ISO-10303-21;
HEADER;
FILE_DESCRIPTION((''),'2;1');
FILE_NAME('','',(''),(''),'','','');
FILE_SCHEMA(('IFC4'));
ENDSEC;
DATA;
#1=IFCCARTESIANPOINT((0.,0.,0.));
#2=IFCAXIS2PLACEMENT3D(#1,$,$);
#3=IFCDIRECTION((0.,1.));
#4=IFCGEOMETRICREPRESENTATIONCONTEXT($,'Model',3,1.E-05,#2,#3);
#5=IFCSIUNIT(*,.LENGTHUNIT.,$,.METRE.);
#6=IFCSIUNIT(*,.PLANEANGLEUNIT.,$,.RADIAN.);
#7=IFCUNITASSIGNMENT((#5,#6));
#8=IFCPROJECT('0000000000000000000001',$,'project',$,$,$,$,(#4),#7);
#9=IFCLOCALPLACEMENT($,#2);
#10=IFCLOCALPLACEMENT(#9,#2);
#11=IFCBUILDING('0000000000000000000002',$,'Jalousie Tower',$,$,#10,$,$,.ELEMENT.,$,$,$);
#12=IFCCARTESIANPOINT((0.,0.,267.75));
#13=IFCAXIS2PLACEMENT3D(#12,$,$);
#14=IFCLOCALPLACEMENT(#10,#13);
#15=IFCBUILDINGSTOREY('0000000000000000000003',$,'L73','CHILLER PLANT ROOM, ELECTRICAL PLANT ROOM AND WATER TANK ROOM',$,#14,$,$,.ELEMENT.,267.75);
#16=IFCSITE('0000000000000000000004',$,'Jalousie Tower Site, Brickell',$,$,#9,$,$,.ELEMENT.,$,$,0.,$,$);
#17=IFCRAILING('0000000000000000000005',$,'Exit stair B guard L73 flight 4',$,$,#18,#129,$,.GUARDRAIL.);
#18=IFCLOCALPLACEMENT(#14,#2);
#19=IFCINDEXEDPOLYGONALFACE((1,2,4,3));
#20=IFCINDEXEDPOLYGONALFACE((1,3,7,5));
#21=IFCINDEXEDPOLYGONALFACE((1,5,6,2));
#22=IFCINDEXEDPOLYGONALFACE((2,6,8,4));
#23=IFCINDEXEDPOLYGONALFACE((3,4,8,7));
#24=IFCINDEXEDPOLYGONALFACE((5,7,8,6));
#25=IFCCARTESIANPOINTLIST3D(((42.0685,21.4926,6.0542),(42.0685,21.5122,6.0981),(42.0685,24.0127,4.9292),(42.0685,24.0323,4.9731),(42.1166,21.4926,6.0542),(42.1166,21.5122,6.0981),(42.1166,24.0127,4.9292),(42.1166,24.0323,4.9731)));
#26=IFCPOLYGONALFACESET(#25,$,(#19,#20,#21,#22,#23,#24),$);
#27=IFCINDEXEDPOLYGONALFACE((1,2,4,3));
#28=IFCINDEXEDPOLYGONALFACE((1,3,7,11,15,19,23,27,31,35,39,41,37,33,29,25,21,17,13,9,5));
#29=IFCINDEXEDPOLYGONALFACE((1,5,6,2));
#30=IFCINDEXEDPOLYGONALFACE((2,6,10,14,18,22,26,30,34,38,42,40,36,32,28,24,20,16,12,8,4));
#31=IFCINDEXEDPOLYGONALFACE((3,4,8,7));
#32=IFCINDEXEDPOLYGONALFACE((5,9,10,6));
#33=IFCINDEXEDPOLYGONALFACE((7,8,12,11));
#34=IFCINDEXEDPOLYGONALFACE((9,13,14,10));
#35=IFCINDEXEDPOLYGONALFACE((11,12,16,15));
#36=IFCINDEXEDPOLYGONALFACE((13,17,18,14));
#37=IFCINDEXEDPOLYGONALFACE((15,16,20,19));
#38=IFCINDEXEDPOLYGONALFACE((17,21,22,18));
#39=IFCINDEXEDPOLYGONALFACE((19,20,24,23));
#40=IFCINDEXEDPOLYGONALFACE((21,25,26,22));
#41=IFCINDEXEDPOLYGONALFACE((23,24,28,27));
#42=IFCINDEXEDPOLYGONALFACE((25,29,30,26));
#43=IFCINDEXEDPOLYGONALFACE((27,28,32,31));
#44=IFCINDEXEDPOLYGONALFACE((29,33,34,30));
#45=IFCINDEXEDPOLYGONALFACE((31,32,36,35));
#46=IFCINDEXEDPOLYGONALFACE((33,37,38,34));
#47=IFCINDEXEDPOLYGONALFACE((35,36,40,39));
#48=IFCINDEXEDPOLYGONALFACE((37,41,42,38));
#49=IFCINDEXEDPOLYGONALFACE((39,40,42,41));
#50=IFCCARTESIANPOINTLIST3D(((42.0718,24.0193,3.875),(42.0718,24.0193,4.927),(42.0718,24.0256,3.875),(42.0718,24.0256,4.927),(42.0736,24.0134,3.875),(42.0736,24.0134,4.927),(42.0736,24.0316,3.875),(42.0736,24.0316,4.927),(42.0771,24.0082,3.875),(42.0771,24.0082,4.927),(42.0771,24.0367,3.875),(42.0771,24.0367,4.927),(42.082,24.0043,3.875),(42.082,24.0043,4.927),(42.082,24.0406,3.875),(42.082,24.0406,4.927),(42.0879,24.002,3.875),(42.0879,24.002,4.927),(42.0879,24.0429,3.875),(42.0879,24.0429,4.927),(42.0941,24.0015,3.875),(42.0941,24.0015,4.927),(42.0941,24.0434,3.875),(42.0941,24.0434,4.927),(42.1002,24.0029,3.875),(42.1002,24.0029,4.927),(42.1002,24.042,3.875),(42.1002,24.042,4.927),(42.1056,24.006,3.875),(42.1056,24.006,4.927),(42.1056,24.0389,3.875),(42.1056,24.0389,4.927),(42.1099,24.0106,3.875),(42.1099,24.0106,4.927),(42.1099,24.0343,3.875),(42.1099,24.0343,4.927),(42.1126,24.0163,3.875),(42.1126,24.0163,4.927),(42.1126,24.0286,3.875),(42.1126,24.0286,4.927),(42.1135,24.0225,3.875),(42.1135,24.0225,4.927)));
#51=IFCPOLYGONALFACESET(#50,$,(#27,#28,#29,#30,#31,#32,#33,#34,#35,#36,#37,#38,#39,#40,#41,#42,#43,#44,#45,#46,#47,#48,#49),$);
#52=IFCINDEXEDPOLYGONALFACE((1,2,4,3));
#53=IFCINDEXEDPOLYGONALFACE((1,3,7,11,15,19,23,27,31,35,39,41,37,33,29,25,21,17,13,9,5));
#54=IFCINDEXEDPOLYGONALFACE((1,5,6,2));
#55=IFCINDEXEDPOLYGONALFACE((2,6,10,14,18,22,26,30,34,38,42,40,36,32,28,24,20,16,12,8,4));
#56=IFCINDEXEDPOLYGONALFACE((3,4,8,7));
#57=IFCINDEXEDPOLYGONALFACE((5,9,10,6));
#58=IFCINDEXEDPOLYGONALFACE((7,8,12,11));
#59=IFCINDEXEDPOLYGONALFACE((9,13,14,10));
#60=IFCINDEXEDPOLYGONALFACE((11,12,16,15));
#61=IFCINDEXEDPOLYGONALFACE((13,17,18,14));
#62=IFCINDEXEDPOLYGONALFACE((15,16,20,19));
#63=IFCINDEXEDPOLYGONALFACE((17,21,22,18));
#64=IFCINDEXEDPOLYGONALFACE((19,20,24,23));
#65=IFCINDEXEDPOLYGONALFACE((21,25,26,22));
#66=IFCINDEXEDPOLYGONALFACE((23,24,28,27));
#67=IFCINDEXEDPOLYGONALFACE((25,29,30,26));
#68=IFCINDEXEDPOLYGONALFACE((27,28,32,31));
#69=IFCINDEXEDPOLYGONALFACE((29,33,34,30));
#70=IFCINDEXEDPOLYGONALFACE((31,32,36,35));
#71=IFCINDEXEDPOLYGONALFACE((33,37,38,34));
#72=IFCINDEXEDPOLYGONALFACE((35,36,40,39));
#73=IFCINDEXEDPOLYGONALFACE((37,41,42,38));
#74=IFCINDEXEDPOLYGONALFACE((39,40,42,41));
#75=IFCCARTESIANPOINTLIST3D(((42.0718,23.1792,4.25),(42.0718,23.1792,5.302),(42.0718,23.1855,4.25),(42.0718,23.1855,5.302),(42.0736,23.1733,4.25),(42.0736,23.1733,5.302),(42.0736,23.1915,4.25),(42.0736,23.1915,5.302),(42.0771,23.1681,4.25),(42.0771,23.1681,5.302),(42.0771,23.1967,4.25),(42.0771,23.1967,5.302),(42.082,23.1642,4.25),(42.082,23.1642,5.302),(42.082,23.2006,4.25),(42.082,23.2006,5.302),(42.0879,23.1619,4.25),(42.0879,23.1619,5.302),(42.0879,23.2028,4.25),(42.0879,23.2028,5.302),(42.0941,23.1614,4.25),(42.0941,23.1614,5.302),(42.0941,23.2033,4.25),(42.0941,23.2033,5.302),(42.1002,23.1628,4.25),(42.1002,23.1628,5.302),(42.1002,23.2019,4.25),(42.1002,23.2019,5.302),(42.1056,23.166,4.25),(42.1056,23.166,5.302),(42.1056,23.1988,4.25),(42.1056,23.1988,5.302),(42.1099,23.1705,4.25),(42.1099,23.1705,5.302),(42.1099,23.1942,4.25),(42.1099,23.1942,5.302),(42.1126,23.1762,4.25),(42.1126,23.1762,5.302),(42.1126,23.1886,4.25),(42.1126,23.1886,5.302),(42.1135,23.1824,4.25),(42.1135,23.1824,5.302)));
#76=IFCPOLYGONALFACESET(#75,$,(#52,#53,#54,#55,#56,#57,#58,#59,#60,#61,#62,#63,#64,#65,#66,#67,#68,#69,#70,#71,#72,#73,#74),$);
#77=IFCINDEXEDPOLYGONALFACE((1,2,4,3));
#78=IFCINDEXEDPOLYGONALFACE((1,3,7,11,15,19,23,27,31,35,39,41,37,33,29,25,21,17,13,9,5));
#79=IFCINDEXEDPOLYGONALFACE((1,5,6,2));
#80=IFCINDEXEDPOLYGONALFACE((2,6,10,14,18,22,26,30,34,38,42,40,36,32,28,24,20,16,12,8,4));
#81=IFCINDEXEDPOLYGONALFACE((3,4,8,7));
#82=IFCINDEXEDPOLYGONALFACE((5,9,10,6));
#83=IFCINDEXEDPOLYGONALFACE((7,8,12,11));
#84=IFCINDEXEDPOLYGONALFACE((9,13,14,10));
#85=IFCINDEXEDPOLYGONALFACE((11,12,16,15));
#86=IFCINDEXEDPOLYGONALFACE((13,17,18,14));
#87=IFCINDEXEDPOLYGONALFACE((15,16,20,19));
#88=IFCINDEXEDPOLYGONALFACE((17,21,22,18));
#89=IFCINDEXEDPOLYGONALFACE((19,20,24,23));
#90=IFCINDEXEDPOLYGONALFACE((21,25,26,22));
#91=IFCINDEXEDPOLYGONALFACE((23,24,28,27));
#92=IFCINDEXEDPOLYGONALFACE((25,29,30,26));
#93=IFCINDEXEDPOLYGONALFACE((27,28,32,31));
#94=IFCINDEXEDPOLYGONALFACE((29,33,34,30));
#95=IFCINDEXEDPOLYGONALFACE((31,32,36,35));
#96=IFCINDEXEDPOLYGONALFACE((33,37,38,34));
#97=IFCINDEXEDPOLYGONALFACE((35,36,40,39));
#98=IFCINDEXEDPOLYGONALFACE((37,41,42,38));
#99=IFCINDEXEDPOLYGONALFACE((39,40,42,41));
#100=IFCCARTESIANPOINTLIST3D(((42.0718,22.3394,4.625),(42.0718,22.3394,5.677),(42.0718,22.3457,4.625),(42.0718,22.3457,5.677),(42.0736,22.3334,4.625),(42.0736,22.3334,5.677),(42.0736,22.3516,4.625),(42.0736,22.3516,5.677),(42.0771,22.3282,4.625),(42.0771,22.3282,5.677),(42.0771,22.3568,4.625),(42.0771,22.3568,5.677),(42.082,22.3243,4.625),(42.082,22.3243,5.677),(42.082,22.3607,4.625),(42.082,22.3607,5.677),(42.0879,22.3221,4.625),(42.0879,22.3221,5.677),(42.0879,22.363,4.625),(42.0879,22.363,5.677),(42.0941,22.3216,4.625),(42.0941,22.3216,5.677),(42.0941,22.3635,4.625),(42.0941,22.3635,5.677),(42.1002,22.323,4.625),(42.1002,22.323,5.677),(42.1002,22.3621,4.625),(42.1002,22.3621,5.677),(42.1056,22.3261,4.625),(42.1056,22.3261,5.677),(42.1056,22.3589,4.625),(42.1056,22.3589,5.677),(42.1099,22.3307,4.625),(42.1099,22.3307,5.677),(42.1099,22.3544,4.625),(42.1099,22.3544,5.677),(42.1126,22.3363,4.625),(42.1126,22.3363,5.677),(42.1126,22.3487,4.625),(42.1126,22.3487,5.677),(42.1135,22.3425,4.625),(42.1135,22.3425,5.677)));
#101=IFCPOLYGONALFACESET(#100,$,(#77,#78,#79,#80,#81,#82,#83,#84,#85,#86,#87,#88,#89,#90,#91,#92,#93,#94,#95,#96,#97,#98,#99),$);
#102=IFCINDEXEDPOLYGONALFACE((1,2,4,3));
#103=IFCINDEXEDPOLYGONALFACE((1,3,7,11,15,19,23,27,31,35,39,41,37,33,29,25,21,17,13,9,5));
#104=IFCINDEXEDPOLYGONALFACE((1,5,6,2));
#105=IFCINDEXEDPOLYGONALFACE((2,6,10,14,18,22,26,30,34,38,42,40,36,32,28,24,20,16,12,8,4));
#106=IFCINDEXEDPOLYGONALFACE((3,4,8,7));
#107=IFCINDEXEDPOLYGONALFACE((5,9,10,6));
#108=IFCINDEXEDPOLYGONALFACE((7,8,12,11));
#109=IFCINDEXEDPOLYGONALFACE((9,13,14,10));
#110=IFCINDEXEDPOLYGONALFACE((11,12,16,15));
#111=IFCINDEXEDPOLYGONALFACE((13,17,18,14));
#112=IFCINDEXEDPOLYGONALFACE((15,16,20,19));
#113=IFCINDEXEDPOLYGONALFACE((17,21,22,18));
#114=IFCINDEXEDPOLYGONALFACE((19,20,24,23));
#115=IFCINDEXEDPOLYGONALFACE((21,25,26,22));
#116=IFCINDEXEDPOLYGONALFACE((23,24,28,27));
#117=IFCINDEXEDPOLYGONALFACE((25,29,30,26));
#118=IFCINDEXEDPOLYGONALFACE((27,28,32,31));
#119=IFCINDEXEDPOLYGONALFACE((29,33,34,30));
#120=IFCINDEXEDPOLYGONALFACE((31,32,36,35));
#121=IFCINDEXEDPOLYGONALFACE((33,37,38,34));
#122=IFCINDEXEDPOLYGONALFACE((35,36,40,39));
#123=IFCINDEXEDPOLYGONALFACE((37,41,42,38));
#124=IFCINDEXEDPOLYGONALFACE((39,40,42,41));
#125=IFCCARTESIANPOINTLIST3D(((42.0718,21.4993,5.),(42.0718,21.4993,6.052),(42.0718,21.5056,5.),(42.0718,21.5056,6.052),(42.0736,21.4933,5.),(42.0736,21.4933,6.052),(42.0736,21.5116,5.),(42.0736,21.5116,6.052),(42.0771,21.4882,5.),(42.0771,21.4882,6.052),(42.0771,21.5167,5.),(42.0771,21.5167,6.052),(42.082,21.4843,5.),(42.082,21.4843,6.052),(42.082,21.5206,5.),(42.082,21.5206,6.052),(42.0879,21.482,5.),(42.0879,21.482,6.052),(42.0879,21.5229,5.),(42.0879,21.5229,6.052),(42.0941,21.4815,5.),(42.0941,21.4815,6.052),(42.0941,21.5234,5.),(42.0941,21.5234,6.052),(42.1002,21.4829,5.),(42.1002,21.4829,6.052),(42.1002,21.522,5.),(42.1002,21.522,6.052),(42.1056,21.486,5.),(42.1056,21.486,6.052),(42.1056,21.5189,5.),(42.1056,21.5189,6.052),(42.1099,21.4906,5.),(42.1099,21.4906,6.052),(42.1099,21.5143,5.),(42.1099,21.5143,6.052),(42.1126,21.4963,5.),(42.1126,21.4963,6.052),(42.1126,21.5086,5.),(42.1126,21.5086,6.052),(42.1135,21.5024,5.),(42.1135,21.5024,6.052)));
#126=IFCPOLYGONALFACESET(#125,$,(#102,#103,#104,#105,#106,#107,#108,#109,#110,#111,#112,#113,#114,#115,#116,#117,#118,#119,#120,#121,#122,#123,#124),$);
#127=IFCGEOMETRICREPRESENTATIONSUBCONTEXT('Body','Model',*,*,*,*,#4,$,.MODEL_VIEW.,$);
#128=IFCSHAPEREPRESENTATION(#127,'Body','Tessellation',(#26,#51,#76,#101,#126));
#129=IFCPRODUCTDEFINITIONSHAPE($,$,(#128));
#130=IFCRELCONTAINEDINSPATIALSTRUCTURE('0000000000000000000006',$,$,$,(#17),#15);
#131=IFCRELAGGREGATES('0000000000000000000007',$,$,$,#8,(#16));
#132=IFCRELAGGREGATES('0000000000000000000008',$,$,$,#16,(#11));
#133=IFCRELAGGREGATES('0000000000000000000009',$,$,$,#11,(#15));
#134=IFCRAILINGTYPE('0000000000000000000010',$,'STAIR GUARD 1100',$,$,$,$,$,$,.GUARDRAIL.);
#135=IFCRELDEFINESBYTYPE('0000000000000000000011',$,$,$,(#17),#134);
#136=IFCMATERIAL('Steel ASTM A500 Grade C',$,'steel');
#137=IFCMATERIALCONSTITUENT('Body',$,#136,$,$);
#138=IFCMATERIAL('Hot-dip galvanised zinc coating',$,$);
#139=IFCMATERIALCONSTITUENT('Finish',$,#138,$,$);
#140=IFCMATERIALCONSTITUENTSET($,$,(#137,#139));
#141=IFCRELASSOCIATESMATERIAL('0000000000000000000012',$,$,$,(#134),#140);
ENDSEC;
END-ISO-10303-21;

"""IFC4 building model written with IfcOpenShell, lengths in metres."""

from ifc_helpers import new_model, si_unit, direction, frame, origin, origin_2d, place, context, subcontext, project, spatial, rectangle, circle, extrude, material, constituent, constituent_set, type_object, element, save


model = new_model("IFC4")

# Units and contexts
model_context = context("Model", 3, precision=1e-05, world=origin(), true_north=direction((0.0, 1.0)))
body_context = subcontext(model_context, "Body", "Model", "MODEL_VIEW")
ifc_project = project(units=[si_unit("LENGTHUNIT", "METRE"), si_unit("PLANEANGLEUNIT", "RADIAN")], contexts=[model_context])

# Site, building, storey
site_placement = place(None, origin())
site = spatial("IfcSite", under=ifc_project, at=site_placement, Name="Jalousie Tower Site, Brickell", CompositionType="ELEMENT", RefElevation=0.0)
building_placement = place(site_placement, origin())
building = spatial("IfcBuilding", under=site, at=building_placement, Name="Jalousie Tower", CompositionType="ELEMENT")
storey_placement = place(building_placement, frame((0.0, 0.0, 267.75)))
storey = spatial("IfcBuildingStorey", under=building, at=storey_placement, Name="L73", Description="CHILLER PLANT ROOM, ELECTRICAL PLANT ROOM AND WATER TANK ROOM", CompositionType="ELEMENT", Elevation=267.75)

# Railing
ifc_material_1 = material(Name="Steel ASTM A500 Grade C", Category="steel")
ifc_constituent_1 = constituent(ifc_material_1, Name="Body")
ifc_material_2 = material(Name="Hot-dip galvanised zinc coating")
ifc_constituent_2 = constituent(ifc_material_2, Name="Finish")
ifc_constituent_set_1 = constituent_set(constituents=[ifc_constituent_1, ifc_constituent_2])
railing_type_1 = type_object("IfcRailingType", Name="STAIR GUARD 1100", PredefinedType="GUARDRAIL", material=ifc_constituent_set_1)
railing_1_placement = place(storey_placement, frame((42.0925, 24.0225, 3.875)))
element("IfcRailing", 1, at=railing_1_placement, inside=storey, type_object=railing_type_1, Name="Exit stair B guard L73 flight 4", PredefinedType="GUARDRAIL", context=body_context, shape_type="SweptSolid", body=[
    extrude(rectangle(XDim=0.0481, YDim=0.0481, at=origin_2d()), frame((0.0, 0.0, 1.0762), z_axis=(0.0, -0.913139, 0.407648), x_axis=(1.0, 0.0, 0.0)), (0.0, 0.0, 1.0), 2.7598),
    extrude(circle(Radius=0.021, at=origin_2d()), origin(), (0.0, 0.0, 1.0), 1.052),
    extrude(circle(Radius=0.021, at=origin_2d()), frame((0.0, -0.8401, 0.375)), (0.0, 0.0, 1.0), 1.052),
    extrude(circle(Radius=0.021, at=origin_2d()), frame((0.0, -1.6799, 0.75)), (0.0, 0.0, 1.0), 1.052),
    extrude(circle(Radius=0.021, at=origin_2d()), frame((0.0, -2.52, 1.125)), (0.0, 0.0, 1.0), 1.052),
])

save(model, "model.ifc")
